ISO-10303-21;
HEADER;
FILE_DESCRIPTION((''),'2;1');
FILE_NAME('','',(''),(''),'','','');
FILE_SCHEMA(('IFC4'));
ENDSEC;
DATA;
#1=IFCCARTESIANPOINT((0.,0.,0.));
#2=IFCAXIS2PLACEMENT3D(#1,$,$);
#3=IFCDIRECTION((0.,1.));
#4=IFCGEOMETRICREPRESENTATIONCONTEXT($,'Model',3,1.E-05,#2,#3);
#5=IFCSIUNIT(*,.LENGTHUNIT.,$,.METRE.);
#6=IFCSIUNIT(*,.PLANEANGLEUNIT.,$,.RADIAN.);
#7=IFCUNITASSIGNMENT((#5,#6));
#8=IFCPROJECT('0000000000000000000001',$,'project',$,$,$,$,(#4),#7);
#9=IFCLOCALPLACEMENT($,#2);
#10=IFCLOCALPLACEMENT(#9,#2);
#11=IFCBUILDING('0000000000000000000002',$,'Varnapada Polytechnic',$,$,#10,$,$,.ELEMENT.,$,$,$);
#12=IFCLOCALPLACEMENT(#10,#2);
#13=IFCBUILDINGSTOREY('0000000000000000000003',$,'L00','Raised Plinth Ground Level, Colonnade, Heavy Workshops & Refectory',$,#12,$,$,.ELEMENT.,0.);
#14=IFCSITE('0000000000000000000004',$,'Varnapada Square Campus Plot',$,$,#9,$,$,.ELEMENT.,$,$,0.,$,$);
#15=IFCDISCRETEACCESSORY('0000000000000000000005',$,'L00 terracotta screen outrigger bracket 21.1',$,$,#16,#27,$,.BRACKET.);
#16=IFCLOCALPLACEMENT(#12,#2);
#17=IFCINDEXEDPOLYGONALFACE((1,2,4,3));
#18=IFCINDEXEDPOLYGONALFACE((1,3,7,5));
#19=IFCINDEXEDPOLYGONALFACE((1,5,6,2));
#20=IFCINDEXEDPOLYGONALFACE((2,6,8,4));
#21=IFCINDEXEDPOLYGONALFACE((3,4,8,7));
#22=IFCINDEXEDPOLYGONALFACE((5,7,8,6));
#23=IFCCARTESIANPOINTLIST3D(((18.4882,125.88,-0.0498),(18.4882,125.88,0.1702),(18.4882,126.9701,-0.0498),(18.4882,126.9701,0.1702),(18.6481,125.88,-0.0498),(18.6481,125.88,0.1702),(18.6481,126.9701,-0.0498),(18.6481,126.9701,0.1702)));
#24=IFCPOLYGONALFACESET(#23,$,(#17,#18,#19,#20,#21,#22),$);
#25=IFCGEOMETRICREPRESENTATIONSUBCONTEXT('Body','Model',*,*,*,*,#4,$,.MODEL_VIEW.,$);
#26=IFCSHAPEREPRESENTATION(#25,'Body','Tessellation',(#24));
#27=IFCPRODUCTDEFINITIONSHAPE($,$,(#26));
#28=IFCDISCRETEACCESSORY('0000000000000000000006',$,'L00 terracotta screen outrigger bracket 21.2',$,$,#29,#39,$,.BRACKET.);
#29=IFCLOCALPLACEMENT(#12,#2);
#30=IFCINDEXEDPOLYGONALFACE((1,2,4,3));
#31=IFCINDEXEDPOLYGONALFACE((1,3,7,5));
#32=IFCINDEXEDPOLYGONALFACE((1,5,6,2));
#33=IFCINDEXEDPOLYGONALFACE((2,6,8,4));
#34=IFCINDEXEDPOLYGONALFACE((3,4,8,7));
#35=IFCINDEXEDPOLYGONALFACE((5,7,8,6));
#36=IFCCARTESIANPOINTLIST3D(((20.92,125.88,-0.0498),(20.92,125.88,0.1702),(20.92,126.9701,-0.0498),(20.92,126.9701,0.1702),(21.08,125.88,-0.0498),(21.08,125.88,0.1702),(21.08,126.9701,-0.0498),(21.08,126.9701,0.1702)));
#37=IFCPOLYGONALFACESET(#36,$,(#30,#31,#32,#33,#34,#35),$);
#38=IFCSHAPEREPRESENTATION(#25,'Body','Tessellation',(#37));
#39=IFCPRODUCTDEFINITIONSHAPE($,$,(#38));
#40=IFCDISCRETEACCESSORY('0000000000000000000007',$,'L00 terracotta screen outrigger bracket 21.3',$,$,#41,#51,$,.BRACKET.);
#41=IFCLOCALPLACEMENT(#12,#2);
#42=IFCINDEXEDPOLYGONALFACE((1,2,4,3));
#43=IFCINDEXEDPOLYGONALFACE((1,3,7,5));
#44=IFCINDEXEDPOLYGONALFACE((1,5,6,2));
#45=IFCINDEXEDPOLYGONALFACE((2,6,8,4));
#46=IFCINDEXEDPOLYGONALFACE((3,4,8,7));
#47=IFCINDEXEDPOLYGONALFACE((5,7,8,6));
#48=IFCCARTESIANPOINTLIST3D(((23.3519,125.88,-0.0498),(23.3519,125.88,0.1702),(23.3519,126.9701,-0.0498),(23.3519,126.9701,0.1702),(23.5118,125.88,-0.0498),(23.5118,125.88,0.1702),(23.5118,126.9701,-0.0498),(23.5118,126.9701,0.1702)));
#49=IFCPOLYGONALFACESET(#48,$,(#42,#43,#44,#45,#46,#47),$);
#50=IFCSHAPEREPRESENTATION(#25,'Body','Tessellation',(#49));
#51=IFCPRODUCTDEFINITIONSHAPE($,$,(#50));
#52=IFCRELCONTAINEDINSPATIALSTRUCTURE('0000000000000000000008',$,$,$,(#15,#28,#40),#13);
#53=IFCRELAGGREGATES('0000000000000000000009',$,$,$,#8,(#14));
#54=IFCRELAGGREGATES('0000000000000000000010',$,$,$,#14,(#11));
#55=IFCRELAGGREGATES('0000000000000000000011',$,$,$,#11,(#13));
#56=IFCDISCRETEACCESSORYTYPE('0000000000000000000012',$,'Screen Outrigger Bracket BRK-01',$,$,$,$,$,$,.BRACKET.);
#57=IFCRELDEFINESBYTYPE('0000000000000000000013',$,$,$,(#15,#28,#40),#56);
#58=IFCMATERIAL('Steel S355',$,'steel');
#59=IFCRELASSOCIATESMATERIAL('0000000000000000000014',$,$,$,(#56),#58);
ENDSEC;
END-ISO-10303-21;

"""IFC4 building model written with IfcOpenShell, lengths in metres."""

from ifc_helpers import new_model, si_unit, direction, frame, origin, origin_2d, place, context, subcontext, project, spatial, rectangle, extrude, material, type_object, element, save


model = new_model("IFC4")

# Units and contexts
model_context = context("Model", 3, precision=1e-05, world=origin(), true_north=direction((0.0, 1.0)))
body_context = subcontext(model_context, "Body", "Model", "MODEL_VIEW")
ifc_project = project(units=[si_unit("LENGTHUNIT", "METRE"), si_unit("PLANEANGLEUNIT", "RADIAN")], contexts=[model_context])

# Site, building, storey
site_placement = place(None, origin())
site = spatial("IfcSite", under=ifc_project, at=site_placement, Name="Varnapada Square Campus Plot", CompositionType="ELEMENT", RefElevation=0.0)
building_placement = place(site_placement, origin())
building = spatial("IfcBuilding", under=site, at=building_placement, Name="Varnapada Polytechnic", CompositionType="ELEMENT")
storey_placement = place(building_placement, origin())
storey = spatial("IfcBuildingStorey", under=building, at=storey_placement, Name="L00", Description="Raised Plinth Ground Level, Colonnade, Heavy Workshops & Refectory", CompositionType="ELEMENT", Elevation=0.0)

# Discrete accessories
ifc_material_1 = material(Name="Steel S355", Category="steel")
discrete_accessory_type = type_object("IfcDiscreteAccessoryType", Name="Screen Outrigger Bracket BRK-01", PredefinedType="BRACKET", material=ifc_material_1)
for number, where, z_axis, x_axis, name in (
    (1, (18.5681, 126.425, -0.0498), (0.0, 0.0, 1.0), (1.0, 0.0, 0.0), "L00 terracotta screen outrigger bracket 21.1"),
    (2, (21.0, 126.425, -0.0498), (0.0, 0.0, 1.0), (1.0, 0.0, 0.0), "L00 terracotta screen outrigger bracket 21.2"),
    (3, (23.4319, 126.425, -0.0498), (0.0, 0.0, 1.0), (1.0, 0.0, 0.0), "L00 terracotta screen outrigger bracket 21.3"),
):
    element("IfcDiscreteAccessory", number, at=place(storey_placement, frame(where, z_axis=z_axis, x_axis=x_axis)), inside=storey, type_object=discrete_accessory_type, Name=name, PredefinedType="BRACKET", context=body_context, shape_type="SweptSolid", body=[
        extrude(rectangle(XDim=0.1599, YDim=1.0901, at=origin_2d()), origin(), (0.0, 0.0, 1.0), 0.22),
    ])

save(model, "model.ifc")
